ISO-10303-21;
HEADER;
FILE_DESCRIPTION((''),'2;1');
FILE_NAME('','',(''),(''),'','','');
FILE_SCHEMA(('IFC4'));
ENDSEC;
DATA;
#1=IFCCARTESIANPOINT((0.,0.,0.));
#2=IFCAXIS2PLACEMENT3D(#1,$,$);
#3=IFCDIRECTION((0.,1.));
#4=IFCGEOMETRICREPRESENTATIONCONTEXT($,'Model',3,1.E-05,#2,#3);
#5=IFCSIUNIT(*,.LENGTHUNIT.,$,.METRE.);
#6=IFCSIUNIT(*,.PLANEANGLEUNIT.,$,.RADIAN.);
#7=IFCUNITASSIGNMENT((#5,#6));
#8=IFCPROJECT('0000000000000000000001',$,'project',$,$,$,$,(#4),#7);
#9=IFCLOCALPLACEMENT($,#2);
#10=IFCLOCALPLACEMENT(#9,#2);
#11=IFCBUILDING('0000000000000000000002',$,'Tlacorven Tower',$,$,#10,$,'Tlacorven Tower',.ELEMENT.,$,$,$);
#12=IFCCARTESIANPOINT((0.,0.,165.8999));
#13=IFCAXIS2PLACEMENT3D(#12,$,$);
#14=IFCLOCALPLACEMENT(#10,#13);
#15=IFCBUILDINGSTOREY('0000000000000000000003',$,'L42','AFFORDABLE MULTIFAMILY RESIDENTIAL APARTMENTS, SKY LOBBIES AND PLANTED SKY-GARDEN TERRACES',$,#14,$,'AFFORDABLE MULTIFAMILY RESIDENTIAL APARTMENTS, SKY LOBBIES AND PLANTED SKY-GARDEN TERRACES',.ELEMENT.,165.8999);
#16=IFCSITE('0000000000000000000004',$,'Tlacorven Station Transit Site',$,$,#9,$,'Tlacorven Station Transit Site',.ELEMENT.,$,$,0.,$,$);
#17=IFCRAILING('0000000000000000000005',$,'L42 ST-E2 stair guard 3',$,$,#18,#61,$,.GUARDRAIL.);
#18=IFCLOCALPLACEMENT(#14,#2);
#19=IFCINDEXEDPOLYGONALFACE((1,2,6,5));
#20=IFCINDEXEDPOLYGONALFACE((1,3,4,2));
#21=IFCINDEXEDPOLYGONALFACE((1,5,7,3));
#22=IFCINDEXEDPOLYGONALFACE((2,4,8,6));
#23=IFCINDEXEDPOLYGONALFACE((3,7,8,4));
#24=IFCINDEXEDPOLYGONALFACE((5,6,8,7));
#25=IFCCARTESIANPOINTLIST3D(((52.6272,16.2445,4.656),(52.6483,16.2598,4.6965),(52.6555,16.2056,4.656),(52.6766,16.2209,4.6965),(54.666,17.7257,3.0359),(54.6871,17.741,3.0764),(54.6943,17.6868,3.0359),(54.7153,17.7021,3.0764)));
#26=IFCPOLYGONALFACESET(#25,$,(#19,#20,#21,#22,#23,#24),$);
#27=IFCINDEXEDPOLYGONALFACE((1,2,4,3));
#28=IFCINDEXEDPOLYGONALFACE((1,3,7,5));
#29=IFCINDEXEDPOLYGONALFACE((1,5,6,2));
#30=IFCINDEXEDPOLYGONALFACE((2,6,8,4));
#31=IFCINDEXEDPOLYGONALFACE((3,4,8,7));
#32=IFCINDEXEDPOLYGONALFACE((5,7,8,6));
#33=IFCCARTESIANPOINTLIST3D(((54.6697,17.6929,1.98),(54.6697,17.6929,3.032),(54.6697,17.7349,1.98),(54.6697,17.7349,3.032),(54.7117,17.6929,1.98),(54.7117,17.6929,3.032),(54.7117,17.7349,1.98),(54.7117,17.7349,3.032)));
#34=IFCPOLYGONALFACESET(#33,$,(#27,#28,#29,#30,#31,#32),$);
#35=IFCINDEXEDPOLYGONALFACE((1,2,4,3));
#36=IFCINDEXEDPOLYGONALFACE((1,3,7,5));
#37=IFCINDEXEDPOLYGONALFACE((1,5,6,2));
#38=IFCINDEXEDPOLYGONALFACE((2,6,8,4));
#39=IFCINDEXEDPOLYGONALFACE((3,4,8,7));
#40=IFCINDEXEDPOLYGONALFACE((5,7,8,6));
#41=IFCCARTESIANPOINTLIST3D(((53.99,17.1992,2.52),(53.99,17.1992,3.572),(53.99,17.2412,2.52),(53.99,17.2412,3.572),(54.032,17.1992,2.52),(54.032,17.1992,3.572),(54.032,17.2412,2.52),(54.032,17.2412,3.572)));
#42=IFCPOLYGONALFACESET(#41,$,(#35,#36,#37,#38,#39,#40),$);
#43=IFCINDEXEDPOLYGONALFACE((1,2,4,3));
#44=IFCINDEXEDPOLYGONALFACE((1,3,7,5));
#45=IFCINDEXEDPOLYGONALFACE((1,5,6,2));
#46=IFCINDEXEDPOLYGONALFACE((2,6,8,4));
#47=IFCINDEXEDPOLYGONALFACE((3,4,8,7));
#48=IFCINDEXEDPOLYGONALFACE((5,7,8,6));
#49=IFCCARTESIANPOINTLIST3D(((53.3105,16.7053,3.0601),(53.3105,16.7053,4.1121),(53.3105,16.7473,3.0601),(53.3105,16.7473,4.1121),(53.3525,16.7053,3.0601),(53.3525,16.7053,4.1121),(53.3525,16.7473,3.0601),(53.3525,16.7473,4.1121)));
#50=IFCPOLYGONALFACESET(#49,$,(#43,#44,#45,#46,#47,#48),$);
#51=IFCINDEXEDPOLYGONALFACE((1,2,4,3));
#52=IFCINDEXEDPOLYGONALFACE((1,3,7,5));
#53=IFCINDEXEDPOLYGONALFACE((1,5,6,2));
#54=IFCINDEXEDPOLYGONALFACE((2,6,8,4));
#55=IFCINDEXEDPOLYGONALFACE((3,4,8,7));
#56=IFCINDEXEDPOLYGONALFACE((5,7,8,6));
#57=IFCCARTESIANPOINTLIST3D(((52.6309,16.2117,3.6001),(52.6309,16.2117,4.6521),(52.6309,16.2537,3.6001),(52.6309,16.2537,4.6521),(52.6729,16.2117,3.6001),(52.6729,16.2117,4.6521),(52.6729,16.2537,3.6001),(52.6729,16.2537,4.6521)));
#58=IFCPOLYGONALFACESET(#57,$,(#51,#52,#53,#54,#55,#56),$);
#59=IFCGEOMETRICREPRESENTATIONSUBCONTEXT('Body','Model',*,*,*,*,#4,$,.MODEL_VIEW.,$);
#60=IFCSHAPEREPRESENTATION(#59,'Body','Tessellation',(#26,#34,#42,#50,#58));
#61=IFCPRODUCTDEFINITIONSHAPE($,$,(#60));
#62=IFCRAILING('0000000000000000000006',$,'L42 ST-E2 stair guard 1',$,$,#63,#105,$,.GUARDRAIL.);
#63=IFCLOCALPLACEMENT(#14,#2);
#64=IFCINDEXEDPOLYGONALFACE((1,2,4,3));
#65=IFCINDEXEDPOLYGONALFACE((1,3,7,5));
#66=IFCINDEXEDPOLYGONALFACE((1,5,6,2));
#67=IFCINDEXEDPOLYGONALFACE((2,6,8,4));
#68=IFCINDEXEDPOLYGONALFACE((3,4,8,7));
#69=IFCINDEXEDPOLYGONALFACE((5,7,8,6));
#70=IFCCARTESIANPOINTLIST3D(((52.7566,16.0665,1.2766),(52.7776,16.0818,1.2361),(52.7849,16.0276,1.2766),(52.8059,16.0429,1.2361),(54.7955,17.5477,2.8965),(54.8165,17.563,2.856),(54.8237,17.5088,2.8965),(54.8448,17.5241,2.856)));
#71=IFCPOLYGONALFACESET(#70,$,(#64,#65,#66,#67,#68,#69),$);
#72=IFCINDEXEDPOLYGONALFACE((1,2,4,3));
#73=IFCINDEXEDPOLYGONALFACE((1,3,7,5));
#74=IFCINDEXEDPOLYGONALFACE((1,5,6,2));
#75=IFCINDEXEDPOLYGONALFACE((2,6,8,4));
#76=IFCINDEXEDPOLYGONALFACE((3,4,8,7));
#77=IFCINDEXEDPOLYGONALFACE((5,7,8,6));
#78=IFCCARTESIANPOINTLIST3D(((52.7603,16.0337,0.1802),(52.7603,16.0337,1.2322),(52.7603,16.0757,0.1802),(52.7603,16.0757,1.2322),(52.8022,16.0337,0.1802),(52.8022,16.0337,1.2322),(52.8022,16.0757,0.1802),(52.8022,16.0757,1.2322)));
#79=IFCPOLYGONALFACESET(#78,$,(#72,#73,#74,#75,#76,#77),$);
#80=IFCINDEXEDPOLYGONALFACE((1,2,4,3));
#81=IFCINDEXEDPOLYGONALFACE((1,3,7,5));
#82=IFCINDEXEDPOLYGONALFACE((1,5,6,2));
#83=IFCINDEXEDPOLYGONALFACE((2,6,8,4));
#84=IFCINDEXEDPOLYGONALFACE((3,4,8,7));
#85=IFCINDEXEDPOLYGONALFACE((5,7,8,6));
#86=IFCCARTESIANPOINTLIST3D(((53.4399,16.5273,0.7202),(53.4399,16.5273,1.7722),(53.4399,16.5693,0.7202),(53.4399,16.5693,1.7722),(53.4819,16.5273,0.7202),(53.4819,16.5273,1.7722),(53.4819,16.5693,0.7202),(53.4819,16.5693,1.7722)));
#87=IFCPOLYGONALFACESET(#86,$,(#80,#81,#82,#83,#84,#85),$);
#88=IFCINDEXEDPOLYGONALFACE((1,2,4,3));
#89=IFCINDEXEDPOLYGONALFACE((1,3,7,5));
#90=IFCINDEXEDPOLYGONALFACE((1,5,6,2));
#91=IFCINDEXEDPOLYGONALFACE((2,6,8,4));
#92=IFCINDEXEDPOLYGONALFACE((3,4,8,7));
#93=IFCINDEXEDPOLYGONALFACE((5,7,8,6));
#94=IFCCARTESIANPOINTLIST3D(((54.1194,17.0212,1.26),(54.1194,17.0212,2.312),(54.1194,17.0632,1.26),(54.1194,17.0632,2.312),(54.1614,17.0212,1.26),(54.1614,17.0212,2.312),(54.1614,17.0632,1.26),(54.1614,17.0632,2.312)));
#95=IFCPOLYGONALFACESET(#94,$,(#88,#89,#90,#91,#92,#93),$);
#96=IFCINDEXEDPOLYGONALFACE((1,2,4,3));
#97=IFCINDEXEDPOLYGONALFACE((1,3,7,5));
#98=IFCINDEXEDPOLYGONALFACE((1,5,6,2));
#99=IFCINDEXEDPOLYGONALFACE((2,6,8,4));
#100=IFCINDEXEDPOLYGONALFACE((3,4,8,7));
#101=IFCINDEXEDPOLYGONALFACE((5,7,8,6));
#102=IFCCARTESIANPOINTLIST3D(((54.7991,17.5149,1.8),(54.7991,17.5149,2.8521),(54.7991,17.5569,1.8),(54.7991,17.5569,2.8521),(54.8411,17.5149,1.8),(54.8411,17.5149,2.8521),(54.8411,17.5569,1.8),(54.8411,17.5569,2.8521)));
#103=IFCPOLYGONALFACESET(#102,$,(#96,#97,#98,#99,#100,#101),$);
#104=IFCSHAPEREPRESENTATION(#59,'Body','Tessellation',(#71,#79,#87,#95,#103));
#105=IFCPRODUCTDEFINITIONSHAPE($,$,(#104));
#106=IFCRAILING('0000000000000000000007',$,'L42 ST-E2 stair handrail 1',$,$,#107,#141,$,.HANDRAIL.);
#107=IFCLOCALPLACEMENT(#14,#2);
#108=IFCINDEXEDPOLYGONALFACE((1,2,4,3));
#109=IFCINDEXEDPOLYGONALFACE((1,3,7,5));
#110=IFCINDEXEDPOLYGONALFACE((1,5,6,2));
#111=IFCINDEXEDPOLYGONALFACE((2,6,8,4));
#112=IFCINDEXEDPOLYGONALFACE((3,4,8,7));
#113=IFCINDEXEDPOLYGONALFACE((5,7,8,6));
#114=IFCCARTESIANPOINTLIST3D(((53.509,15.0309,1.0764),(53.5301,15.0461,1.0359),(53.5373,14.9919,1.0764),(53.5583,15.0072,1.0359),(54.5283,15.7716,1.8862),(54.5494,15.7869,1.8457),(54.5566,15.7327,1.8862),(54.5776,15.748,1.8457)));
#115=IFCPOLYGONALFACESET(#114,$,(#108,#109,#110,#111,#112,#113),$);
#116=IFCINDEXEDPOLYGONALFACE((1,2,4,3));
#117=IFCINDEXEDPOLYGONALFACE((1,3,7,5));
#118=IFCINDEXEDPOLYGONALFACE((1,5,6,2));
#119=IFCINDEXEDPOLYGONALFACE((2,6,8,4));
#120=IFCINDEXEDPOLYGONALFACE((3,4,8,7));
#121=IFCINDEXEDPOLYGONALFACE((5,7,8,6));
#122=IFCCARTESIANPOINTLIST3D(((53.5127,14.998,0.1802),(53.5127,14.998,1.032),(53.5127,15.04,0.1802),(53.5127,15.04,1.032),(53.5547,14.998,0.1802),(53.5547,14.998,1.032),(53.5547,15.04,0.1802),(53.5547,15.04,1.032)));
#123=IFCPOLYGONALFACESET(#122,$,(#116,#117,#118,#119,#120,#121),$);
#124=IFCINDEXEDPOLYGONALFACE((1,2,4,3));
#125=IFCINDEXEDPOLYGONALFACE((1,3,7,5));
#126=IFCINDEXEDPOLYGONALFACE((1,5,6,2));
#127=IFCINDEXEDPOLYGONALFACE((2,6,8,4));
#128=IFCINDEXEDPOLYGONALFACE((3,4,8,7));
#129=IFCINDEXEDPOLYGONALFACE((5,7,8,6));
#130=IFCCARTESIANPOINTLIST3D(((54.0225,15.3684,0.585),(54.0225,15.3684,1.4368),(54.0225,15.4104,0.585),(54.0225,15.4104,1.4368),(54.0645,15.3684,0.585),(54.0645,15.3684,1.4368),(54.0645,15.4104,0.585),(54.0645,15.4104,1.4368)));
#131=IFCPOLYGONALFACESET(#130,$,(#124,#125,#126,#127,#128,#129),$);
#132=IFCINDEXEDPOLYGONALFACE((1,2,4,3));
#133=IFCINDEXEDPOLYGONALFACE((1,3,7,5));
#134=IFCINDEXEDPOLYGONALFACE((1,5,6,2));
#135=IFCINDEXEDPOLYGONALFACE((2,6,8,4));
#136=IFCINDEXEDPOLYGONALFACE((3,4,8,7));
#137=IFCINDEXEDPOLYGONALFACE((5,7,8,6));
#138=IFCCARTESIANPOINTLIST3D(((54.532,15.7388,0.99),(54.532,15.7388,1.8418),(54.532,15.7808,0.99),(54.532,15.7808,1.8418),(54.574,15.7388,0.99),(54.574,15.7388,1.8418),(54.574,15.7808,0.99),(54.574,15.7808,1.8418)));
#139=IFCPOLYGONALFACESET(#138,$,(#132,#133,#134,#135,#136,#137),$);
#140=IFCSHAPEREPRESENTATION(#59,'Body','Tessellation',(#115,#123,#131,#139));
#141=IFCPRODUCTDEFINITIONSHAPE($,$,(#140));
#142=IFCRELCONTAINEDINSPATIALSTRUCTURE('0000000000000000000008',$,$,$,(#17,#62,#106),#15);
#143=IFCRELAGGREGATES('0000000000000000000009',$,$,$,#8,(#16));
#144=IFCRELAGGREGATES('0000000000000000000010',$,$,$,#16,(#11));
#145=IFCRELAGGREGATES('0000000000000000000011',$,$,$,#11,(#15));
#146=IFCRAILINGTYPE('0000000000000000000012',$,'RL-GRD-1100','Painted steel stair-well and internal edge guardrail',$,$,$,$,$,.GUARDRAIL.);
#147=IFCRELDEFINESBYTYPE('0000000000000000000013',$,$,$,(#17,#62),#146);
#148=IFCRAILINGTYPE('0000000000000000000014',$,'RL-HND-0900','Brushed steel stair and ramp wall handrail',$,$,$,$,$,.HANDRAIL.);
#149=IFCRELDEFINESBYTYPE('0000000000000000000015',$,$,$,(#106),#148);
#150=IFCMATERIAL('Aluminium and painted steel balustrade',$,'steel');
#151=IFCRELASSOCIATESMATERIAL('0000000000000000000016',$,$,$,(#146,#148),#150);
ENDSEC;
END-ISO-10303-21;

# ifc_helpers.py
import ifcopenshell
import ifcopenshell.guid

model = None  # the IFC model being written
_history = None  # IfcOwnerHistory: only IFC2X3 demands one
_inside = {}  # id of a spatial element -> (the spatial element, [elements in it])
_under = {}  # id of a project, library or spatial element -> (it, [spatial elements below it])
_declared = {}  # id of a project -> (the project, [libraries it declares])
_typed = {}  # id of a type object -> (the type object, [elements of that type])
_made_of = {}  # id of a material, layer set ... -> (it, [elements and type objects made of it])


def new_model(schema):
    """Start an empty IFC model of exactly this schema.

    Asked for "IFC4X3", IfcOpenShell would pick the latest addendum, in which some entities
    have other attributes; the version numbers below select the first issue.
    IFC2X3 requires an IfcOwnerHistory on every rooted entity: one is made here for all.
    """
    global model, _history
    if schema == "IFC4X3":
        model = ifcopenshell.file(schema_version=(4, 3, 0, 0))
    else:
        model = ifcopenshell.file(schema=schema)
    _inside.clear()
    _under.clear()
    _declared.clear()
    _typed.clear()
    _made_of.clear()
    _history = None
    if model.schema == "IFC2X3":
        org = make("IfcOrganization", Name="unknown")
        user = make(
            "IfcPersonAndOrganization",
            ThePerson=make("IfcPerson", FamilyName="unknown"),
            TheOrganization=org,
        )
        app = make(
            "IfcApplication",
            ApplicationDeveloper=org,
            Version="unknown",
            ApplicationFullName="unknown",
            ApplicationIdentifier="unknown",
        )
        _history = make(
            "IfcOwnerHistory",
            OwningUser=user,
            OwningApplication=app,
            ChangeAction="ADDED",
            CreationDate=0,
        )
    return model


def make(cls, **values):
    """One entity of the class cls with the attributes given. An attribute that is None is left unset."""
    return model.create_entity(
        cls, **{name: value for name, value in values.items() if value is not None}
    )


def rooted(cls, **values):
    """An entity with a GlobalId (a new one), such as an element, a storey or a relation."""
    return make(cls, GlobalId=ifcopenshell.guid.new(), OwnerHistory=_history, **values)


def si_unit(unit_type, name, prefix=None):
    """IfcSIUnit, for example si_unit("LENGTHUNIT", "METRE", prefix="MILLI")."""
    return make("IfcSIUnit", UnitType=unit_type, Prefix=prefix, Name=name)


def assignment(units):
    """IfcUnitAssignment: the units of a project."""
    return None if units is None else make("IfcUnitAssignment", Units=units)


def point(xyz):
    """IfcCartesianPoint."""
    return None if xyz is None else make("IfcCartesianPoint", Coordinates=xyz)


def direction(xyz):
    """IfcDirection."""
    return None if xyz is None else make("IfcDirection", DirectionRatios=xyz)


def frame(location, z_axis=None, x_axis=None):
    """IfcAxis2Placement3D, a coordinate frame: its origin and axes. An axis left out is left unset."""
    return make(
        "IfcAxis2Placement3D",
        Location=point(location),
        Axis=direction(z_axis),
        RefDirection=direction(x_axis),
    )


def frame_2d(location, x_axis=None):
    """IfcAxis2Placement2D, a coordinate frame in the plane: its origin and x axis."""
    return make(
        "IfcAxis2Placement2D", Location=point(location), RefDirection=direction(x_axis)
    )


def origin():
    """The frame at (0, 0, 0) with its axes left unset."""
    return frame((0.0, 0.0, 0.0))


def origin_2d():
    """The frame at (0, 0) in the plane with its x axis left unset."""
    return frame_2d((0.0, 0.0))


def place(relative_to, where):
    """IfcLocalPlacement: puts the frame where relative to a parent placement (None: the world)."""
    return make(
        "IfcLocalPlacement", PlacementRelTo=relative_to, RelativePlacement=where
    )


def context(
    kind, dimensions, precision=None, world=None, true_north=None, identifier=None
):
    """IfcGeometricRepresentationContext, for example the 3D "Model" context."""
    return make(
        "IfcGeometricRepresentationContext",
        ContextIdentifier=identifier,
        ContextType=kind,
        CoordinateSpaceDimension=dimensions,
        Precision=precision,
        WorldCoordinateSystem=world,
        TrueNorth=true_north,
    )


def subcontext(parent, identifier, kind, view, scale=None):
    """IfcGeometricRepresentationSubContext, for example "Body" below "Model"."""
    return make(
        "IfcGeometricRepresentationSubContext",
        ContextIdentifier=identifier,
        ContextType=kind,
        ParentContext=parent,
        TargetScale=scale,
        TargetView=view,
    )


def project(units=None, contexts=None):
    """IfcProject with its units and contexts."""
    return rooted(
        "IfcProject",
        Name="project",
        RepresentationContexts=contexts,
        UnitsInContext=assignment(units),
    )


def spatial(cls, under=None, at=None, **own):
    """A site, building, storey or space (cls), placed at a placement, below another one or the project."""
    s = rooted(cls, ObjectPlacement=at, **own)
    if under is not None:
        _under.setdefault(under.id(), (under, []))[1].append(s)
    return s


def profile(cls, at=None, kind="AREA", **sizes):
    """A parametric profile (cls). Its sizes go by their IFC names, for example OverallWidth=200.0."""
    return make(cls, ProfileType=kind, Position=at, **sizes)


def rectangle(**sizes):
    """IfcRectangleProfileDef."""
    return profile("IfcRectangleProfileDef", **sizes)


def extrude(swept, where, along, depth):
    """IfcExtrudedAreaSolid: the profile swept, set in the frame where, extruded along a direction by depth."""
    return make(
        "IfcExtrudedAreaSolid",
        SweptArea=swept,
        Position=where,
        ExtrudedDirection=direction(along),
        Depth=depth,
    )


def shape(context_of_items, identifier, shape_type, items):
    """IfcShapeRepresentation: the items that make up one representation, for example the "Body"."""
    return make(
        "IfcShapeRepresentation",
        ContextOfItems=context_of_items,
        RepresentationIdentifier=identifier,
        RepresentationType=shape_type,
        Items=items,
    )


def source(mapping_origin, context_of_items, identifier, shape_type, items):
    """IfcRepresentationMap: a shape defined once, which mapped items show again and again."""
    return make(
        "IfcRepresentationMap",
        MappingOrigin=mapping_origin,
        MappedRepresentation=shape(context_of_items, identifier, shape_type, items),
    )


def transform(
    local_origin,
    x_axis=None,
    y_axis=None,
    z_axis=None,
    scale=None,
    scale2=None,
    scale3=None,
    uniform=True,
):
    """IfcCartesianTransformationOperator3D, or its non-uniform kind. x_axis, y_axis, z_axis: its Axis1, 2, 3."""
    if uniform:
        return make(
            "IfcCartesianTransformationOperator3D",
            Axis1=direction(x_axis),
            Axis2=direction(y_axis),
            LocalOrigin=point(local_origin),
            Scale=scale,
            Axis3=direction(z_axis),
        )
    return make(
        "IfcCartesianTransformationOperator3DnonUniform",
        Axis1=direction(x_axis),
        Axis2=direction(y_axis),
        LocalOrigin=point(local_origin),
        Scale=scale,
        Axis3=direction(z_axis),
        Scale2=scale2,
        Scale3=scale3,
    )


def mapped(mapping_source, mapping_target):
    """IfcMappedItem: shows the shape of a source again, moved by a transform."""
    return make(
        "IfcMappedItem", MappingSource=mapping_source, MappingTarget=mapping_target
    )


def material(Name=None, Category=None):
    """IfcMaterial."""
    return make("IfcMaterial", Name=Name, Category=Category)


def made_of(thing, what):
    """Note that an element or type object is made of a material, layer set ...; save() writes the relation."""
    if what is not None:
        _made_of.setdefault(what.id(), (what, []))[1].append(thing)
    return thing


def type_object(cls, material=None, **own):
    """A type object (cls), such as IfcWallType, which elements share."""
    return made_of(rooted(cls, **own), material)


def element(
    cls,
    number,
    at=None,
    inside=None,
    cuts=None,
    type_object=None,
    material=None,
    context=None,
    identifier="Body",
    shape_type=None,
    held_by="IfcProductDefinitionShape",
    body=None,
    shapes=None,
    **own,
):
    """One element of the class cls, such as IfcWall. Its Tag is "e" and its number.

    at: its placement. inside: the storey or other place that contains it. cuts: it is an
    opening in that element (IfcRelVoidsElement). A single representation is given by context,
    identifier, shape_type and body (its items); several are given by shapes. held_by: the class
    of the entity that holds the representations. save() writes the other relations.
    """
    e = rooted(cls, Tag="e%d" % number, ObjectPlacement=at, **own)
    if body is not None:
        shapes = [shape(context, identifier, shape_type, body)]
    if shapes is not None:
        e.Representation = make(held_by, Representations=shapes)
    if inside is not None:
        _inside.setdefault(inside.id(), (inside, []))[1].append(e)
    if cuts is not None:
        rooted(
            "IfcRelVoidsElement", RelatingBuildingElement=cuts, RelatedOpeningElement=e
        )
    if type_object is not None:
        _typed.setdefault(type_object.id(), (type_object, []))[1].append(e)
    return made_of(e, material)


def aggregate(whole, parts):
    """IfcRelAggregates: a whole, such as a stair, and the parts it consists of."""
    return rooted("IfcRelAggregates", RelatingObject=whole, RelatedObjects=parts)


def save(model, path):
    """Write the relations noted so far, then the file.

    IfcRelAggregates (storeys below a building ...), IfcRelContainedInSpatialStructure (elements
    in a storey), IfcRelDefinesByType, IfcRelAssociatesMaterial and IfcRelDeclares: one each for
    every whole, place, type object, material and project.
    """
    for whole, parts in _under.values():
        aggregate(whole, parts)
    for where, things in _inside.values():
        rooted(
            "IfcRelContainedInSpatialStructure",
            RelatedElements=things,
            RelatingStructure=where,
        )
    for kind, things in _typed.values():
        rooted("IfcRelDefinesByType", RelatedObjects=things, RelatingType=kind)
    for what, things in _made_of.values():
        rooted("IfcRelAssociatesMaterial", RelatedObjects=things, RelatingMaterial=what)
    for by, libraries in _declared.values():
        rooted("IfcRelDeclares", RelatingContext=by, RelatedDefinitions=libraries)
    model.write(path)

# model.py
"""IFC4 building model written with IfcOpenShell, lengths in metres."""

from ifc_helpers import new_model, si_unit, direction, frame, origin, origin_2d, place, context, subcontext, project, spatial, rectangle, extrude, source, transform, mapped, material, type_object, element, save


model = new_model("IFC4")

# Units and contexts
model_context = context("Model", 3, precision=1e-05, world=origin(), true_north=direction((0.0, 1.0)))
body_context = subcontext(model_context, "Body", "Model", "MODEL_VIEW")
ifc_project = project(units=[si_unit("LENGTHUNIT", "METRE"), si_unit("PLANEANGLEUNIT", "RADIAN")], contexts=[model_context])

# Site, building, storey
site_placement = place(None, origin())
site = spatial("IfcSite", under=ifc_project, at=site_placement, Name="Tlacorven Station Transit Site", LongName="Tlacorven Station Transit Site", CompositionType="ELEMENT", RefElevation=0.0)
building_placement = place(site_placement, origin())
building = spatial("IfcBuilding", under=site, at=building_placement, Name="Tlacorven Tower", LongName="Tlacorven Tower", CompositionType="ELEMENT")
storey_placement = place(building_placement, frame((0.0, 0.0, 165.8999)))
storey = spatial("IfcBuildingStorey", under=building, at=storey_placement, Name="L42", Description="AFFORDABLE MULTIFAMILY RESIDENTIAL APARTMENTS, SKY LOBBIES AND PLANTED SKY-GARDEN TERRACES", LongName="AFFORDABLE MULTIFAMILY RESIDENTIAL APARTMENTS, SKY LOBBIES AND PLANTED SKY-GARDEN TERRACES", CompositionType="ELEMENT", Elevation=165.8999)

# Railings
ifc_material_1 = material(Name="Aluminium and painted steel balustrade", Category="steel")
railing_type_1 = type_object("IfcRailingType", Name="RL-GRD-1100", Description="Painted steel stair-well and internal edge guardrail", PredefinedType="GUARDRAIL", material=ifc_material_1)
railing_type_2 = type_object("IfcRailingType", Name="RL-HND-0900", Description="Brushed steel stair and ramp wall handrail", PredefinedType="HANDRAIL", material=ifc_material_1)
shared_shape_1 = source(origin(), body_context, "Body", "SweptSolid", [
    extrude(rectangle(XDim=0.0481, YDim=0.0481, at=origin_2d()), frame((0.0, 0.0, 1.0762), z_axis=(-0.680532, -0.494407, 0.540775), x_axis=(0.587763, -0.809033, 0.0)), (0.0, 0.0, 1.0), 2.9958),
    extrude(rectangle(XDim=0.042, YDim=0.042, at=origin_2d()), origin(), (0.0, 0.0, 1.0), 1.052),
    extrude(rectangle(XDim=0.042, YDim=0.042, at=origin_2d()), frame((-0.6797, -0.4937, 0.54)), (0.0, 0.0, 1.0), 1.052),
    extrude(rectangle(XDim=0.042, YDim=0.042, at=origin_2d()), frame((-1.3591, -0.9875, 1.0801)), (0.0, 0.0, 1.0), 1.052),
    extrude(rectangle(XDim=0.042, YDim=0.042, at=origin_2d()), frame((-2.0388, -1.4812, 1.6201)), (0.0, 0.0, 1.0), 1.052),
])
railing_1_placement = place(storey_placement, frame((54.6907, 17.7139, 1.98)))
element("IfcRailing", 1, at=railing_1_placement, inside=storey, type_object=railing_type_1, Name="L42 ST-E2 stair guard 3", PredefinedType="GUARDRAIL", context=body_context, shape_type="MappedRepresentation", body=[
    mapped(shared_shape_1, transform((0.0, 0.0, 0.0), scale=1.0)),
])
shared_shape_2 = source(origin(), body_context, "Body", "SweptSolid", [
    extrude(rectangle(XDim=0.0481, YDim=0.0481, at=origin_2d()), frame((0.0, 0.0, 1.0762), z_axis=(0.680562, 0.494428, 0.540717), x_axis=(-0.587763, 0.809033, 0.0)), (0.0, 0.0, 1.0), 2.9958),
    extrude(rectangle(XDim=0.042, YDim=0.042, at=origin_2d()), origin(), (0.0, 0.0, 1.0), 1.052),
    extrude(rectangle(XDim=0.042, YDim=0.042, at=origin_2d()), frame((0.6797, 0.4937, 0.54)), (0.0, 0.0, 1.0), 1.052),
    extrude(rectangle(XDim=0.042, YDim=0.042, at=origin_2d()), frame((1.3591, 0.9875, 1.0798)), (0.0, 0.0, 1.0), 1.052),
    extrude(rectangle(XDim=0.042, YDim=0.042, at=origin_2d()), frame((2.0388, 1.4812, 1.6199)), (0.0, 0.0, 1.0), 1.052),
])
railing_2_placement = place(storey_placement, frame((52.7812, 16.0547, 0.1802)))
element("IfcRailing", 2, at=railing_2_placement, inside=storey, type_object=railing_type_1, Name="L42 ST-E2 stair guard 1", PredefinedType="GUARDRAIL", context=body_context, shape_type="MappedRepresentation", body=[
    mapped(shared_shape_2, transform((0.0, 0.0, 0.0), scale=1.0)),
])
shared_shape_3 = source(origin(), body_context, "Body", "SweptSolid", [
    extrude(rectangle(XDim=0.0481, YDim=0.0481, at=origin_2d()), frame((0.0, 0.0, 0.876), z_axis=(0.680521, 0.494539, 0.540668), x_axis=(-0.587872, 0.808954, 0.0)), (0.0, 0.0, 1.0), 1.4978),
    extrude(rectangle(XDim=0.042, YDim=0.042, at=origin_2d()), origin(), (0.0, 0.0, 1.0), 0.8518),
    extrude(rectangle(XDim=0.042, YDim=0.042, at=origin_2d()), frame((0.5098, 0.3704, 0.4048)), (0.0, 0.0, 1.0), 0.8518),
    extrude(rectangle(XDim=0.042, YDim=0.042, at=origin_2d()), frame((1.0193, 0.7407, 0.8098)), (0.0, 0.0, 1.0), 0.8518),
])
railing_3_placement = place(storey_placement, frame((53.5337, 15.019, 0.1802)))
element("IfcRailing", 3, at=railing_3_placement, inside=storey, type_object=railing_type_2, Name="L42 ST-E2 stair handrail 1", PredefinedType="HANDRAIL", context=body_context, shape_type="MappedRepresentation", body=[
    mapped(shared_shape_3, transform((0.0, 0.0, 0.0), scale=1.0)),
])

save(model, "model.ifc")
